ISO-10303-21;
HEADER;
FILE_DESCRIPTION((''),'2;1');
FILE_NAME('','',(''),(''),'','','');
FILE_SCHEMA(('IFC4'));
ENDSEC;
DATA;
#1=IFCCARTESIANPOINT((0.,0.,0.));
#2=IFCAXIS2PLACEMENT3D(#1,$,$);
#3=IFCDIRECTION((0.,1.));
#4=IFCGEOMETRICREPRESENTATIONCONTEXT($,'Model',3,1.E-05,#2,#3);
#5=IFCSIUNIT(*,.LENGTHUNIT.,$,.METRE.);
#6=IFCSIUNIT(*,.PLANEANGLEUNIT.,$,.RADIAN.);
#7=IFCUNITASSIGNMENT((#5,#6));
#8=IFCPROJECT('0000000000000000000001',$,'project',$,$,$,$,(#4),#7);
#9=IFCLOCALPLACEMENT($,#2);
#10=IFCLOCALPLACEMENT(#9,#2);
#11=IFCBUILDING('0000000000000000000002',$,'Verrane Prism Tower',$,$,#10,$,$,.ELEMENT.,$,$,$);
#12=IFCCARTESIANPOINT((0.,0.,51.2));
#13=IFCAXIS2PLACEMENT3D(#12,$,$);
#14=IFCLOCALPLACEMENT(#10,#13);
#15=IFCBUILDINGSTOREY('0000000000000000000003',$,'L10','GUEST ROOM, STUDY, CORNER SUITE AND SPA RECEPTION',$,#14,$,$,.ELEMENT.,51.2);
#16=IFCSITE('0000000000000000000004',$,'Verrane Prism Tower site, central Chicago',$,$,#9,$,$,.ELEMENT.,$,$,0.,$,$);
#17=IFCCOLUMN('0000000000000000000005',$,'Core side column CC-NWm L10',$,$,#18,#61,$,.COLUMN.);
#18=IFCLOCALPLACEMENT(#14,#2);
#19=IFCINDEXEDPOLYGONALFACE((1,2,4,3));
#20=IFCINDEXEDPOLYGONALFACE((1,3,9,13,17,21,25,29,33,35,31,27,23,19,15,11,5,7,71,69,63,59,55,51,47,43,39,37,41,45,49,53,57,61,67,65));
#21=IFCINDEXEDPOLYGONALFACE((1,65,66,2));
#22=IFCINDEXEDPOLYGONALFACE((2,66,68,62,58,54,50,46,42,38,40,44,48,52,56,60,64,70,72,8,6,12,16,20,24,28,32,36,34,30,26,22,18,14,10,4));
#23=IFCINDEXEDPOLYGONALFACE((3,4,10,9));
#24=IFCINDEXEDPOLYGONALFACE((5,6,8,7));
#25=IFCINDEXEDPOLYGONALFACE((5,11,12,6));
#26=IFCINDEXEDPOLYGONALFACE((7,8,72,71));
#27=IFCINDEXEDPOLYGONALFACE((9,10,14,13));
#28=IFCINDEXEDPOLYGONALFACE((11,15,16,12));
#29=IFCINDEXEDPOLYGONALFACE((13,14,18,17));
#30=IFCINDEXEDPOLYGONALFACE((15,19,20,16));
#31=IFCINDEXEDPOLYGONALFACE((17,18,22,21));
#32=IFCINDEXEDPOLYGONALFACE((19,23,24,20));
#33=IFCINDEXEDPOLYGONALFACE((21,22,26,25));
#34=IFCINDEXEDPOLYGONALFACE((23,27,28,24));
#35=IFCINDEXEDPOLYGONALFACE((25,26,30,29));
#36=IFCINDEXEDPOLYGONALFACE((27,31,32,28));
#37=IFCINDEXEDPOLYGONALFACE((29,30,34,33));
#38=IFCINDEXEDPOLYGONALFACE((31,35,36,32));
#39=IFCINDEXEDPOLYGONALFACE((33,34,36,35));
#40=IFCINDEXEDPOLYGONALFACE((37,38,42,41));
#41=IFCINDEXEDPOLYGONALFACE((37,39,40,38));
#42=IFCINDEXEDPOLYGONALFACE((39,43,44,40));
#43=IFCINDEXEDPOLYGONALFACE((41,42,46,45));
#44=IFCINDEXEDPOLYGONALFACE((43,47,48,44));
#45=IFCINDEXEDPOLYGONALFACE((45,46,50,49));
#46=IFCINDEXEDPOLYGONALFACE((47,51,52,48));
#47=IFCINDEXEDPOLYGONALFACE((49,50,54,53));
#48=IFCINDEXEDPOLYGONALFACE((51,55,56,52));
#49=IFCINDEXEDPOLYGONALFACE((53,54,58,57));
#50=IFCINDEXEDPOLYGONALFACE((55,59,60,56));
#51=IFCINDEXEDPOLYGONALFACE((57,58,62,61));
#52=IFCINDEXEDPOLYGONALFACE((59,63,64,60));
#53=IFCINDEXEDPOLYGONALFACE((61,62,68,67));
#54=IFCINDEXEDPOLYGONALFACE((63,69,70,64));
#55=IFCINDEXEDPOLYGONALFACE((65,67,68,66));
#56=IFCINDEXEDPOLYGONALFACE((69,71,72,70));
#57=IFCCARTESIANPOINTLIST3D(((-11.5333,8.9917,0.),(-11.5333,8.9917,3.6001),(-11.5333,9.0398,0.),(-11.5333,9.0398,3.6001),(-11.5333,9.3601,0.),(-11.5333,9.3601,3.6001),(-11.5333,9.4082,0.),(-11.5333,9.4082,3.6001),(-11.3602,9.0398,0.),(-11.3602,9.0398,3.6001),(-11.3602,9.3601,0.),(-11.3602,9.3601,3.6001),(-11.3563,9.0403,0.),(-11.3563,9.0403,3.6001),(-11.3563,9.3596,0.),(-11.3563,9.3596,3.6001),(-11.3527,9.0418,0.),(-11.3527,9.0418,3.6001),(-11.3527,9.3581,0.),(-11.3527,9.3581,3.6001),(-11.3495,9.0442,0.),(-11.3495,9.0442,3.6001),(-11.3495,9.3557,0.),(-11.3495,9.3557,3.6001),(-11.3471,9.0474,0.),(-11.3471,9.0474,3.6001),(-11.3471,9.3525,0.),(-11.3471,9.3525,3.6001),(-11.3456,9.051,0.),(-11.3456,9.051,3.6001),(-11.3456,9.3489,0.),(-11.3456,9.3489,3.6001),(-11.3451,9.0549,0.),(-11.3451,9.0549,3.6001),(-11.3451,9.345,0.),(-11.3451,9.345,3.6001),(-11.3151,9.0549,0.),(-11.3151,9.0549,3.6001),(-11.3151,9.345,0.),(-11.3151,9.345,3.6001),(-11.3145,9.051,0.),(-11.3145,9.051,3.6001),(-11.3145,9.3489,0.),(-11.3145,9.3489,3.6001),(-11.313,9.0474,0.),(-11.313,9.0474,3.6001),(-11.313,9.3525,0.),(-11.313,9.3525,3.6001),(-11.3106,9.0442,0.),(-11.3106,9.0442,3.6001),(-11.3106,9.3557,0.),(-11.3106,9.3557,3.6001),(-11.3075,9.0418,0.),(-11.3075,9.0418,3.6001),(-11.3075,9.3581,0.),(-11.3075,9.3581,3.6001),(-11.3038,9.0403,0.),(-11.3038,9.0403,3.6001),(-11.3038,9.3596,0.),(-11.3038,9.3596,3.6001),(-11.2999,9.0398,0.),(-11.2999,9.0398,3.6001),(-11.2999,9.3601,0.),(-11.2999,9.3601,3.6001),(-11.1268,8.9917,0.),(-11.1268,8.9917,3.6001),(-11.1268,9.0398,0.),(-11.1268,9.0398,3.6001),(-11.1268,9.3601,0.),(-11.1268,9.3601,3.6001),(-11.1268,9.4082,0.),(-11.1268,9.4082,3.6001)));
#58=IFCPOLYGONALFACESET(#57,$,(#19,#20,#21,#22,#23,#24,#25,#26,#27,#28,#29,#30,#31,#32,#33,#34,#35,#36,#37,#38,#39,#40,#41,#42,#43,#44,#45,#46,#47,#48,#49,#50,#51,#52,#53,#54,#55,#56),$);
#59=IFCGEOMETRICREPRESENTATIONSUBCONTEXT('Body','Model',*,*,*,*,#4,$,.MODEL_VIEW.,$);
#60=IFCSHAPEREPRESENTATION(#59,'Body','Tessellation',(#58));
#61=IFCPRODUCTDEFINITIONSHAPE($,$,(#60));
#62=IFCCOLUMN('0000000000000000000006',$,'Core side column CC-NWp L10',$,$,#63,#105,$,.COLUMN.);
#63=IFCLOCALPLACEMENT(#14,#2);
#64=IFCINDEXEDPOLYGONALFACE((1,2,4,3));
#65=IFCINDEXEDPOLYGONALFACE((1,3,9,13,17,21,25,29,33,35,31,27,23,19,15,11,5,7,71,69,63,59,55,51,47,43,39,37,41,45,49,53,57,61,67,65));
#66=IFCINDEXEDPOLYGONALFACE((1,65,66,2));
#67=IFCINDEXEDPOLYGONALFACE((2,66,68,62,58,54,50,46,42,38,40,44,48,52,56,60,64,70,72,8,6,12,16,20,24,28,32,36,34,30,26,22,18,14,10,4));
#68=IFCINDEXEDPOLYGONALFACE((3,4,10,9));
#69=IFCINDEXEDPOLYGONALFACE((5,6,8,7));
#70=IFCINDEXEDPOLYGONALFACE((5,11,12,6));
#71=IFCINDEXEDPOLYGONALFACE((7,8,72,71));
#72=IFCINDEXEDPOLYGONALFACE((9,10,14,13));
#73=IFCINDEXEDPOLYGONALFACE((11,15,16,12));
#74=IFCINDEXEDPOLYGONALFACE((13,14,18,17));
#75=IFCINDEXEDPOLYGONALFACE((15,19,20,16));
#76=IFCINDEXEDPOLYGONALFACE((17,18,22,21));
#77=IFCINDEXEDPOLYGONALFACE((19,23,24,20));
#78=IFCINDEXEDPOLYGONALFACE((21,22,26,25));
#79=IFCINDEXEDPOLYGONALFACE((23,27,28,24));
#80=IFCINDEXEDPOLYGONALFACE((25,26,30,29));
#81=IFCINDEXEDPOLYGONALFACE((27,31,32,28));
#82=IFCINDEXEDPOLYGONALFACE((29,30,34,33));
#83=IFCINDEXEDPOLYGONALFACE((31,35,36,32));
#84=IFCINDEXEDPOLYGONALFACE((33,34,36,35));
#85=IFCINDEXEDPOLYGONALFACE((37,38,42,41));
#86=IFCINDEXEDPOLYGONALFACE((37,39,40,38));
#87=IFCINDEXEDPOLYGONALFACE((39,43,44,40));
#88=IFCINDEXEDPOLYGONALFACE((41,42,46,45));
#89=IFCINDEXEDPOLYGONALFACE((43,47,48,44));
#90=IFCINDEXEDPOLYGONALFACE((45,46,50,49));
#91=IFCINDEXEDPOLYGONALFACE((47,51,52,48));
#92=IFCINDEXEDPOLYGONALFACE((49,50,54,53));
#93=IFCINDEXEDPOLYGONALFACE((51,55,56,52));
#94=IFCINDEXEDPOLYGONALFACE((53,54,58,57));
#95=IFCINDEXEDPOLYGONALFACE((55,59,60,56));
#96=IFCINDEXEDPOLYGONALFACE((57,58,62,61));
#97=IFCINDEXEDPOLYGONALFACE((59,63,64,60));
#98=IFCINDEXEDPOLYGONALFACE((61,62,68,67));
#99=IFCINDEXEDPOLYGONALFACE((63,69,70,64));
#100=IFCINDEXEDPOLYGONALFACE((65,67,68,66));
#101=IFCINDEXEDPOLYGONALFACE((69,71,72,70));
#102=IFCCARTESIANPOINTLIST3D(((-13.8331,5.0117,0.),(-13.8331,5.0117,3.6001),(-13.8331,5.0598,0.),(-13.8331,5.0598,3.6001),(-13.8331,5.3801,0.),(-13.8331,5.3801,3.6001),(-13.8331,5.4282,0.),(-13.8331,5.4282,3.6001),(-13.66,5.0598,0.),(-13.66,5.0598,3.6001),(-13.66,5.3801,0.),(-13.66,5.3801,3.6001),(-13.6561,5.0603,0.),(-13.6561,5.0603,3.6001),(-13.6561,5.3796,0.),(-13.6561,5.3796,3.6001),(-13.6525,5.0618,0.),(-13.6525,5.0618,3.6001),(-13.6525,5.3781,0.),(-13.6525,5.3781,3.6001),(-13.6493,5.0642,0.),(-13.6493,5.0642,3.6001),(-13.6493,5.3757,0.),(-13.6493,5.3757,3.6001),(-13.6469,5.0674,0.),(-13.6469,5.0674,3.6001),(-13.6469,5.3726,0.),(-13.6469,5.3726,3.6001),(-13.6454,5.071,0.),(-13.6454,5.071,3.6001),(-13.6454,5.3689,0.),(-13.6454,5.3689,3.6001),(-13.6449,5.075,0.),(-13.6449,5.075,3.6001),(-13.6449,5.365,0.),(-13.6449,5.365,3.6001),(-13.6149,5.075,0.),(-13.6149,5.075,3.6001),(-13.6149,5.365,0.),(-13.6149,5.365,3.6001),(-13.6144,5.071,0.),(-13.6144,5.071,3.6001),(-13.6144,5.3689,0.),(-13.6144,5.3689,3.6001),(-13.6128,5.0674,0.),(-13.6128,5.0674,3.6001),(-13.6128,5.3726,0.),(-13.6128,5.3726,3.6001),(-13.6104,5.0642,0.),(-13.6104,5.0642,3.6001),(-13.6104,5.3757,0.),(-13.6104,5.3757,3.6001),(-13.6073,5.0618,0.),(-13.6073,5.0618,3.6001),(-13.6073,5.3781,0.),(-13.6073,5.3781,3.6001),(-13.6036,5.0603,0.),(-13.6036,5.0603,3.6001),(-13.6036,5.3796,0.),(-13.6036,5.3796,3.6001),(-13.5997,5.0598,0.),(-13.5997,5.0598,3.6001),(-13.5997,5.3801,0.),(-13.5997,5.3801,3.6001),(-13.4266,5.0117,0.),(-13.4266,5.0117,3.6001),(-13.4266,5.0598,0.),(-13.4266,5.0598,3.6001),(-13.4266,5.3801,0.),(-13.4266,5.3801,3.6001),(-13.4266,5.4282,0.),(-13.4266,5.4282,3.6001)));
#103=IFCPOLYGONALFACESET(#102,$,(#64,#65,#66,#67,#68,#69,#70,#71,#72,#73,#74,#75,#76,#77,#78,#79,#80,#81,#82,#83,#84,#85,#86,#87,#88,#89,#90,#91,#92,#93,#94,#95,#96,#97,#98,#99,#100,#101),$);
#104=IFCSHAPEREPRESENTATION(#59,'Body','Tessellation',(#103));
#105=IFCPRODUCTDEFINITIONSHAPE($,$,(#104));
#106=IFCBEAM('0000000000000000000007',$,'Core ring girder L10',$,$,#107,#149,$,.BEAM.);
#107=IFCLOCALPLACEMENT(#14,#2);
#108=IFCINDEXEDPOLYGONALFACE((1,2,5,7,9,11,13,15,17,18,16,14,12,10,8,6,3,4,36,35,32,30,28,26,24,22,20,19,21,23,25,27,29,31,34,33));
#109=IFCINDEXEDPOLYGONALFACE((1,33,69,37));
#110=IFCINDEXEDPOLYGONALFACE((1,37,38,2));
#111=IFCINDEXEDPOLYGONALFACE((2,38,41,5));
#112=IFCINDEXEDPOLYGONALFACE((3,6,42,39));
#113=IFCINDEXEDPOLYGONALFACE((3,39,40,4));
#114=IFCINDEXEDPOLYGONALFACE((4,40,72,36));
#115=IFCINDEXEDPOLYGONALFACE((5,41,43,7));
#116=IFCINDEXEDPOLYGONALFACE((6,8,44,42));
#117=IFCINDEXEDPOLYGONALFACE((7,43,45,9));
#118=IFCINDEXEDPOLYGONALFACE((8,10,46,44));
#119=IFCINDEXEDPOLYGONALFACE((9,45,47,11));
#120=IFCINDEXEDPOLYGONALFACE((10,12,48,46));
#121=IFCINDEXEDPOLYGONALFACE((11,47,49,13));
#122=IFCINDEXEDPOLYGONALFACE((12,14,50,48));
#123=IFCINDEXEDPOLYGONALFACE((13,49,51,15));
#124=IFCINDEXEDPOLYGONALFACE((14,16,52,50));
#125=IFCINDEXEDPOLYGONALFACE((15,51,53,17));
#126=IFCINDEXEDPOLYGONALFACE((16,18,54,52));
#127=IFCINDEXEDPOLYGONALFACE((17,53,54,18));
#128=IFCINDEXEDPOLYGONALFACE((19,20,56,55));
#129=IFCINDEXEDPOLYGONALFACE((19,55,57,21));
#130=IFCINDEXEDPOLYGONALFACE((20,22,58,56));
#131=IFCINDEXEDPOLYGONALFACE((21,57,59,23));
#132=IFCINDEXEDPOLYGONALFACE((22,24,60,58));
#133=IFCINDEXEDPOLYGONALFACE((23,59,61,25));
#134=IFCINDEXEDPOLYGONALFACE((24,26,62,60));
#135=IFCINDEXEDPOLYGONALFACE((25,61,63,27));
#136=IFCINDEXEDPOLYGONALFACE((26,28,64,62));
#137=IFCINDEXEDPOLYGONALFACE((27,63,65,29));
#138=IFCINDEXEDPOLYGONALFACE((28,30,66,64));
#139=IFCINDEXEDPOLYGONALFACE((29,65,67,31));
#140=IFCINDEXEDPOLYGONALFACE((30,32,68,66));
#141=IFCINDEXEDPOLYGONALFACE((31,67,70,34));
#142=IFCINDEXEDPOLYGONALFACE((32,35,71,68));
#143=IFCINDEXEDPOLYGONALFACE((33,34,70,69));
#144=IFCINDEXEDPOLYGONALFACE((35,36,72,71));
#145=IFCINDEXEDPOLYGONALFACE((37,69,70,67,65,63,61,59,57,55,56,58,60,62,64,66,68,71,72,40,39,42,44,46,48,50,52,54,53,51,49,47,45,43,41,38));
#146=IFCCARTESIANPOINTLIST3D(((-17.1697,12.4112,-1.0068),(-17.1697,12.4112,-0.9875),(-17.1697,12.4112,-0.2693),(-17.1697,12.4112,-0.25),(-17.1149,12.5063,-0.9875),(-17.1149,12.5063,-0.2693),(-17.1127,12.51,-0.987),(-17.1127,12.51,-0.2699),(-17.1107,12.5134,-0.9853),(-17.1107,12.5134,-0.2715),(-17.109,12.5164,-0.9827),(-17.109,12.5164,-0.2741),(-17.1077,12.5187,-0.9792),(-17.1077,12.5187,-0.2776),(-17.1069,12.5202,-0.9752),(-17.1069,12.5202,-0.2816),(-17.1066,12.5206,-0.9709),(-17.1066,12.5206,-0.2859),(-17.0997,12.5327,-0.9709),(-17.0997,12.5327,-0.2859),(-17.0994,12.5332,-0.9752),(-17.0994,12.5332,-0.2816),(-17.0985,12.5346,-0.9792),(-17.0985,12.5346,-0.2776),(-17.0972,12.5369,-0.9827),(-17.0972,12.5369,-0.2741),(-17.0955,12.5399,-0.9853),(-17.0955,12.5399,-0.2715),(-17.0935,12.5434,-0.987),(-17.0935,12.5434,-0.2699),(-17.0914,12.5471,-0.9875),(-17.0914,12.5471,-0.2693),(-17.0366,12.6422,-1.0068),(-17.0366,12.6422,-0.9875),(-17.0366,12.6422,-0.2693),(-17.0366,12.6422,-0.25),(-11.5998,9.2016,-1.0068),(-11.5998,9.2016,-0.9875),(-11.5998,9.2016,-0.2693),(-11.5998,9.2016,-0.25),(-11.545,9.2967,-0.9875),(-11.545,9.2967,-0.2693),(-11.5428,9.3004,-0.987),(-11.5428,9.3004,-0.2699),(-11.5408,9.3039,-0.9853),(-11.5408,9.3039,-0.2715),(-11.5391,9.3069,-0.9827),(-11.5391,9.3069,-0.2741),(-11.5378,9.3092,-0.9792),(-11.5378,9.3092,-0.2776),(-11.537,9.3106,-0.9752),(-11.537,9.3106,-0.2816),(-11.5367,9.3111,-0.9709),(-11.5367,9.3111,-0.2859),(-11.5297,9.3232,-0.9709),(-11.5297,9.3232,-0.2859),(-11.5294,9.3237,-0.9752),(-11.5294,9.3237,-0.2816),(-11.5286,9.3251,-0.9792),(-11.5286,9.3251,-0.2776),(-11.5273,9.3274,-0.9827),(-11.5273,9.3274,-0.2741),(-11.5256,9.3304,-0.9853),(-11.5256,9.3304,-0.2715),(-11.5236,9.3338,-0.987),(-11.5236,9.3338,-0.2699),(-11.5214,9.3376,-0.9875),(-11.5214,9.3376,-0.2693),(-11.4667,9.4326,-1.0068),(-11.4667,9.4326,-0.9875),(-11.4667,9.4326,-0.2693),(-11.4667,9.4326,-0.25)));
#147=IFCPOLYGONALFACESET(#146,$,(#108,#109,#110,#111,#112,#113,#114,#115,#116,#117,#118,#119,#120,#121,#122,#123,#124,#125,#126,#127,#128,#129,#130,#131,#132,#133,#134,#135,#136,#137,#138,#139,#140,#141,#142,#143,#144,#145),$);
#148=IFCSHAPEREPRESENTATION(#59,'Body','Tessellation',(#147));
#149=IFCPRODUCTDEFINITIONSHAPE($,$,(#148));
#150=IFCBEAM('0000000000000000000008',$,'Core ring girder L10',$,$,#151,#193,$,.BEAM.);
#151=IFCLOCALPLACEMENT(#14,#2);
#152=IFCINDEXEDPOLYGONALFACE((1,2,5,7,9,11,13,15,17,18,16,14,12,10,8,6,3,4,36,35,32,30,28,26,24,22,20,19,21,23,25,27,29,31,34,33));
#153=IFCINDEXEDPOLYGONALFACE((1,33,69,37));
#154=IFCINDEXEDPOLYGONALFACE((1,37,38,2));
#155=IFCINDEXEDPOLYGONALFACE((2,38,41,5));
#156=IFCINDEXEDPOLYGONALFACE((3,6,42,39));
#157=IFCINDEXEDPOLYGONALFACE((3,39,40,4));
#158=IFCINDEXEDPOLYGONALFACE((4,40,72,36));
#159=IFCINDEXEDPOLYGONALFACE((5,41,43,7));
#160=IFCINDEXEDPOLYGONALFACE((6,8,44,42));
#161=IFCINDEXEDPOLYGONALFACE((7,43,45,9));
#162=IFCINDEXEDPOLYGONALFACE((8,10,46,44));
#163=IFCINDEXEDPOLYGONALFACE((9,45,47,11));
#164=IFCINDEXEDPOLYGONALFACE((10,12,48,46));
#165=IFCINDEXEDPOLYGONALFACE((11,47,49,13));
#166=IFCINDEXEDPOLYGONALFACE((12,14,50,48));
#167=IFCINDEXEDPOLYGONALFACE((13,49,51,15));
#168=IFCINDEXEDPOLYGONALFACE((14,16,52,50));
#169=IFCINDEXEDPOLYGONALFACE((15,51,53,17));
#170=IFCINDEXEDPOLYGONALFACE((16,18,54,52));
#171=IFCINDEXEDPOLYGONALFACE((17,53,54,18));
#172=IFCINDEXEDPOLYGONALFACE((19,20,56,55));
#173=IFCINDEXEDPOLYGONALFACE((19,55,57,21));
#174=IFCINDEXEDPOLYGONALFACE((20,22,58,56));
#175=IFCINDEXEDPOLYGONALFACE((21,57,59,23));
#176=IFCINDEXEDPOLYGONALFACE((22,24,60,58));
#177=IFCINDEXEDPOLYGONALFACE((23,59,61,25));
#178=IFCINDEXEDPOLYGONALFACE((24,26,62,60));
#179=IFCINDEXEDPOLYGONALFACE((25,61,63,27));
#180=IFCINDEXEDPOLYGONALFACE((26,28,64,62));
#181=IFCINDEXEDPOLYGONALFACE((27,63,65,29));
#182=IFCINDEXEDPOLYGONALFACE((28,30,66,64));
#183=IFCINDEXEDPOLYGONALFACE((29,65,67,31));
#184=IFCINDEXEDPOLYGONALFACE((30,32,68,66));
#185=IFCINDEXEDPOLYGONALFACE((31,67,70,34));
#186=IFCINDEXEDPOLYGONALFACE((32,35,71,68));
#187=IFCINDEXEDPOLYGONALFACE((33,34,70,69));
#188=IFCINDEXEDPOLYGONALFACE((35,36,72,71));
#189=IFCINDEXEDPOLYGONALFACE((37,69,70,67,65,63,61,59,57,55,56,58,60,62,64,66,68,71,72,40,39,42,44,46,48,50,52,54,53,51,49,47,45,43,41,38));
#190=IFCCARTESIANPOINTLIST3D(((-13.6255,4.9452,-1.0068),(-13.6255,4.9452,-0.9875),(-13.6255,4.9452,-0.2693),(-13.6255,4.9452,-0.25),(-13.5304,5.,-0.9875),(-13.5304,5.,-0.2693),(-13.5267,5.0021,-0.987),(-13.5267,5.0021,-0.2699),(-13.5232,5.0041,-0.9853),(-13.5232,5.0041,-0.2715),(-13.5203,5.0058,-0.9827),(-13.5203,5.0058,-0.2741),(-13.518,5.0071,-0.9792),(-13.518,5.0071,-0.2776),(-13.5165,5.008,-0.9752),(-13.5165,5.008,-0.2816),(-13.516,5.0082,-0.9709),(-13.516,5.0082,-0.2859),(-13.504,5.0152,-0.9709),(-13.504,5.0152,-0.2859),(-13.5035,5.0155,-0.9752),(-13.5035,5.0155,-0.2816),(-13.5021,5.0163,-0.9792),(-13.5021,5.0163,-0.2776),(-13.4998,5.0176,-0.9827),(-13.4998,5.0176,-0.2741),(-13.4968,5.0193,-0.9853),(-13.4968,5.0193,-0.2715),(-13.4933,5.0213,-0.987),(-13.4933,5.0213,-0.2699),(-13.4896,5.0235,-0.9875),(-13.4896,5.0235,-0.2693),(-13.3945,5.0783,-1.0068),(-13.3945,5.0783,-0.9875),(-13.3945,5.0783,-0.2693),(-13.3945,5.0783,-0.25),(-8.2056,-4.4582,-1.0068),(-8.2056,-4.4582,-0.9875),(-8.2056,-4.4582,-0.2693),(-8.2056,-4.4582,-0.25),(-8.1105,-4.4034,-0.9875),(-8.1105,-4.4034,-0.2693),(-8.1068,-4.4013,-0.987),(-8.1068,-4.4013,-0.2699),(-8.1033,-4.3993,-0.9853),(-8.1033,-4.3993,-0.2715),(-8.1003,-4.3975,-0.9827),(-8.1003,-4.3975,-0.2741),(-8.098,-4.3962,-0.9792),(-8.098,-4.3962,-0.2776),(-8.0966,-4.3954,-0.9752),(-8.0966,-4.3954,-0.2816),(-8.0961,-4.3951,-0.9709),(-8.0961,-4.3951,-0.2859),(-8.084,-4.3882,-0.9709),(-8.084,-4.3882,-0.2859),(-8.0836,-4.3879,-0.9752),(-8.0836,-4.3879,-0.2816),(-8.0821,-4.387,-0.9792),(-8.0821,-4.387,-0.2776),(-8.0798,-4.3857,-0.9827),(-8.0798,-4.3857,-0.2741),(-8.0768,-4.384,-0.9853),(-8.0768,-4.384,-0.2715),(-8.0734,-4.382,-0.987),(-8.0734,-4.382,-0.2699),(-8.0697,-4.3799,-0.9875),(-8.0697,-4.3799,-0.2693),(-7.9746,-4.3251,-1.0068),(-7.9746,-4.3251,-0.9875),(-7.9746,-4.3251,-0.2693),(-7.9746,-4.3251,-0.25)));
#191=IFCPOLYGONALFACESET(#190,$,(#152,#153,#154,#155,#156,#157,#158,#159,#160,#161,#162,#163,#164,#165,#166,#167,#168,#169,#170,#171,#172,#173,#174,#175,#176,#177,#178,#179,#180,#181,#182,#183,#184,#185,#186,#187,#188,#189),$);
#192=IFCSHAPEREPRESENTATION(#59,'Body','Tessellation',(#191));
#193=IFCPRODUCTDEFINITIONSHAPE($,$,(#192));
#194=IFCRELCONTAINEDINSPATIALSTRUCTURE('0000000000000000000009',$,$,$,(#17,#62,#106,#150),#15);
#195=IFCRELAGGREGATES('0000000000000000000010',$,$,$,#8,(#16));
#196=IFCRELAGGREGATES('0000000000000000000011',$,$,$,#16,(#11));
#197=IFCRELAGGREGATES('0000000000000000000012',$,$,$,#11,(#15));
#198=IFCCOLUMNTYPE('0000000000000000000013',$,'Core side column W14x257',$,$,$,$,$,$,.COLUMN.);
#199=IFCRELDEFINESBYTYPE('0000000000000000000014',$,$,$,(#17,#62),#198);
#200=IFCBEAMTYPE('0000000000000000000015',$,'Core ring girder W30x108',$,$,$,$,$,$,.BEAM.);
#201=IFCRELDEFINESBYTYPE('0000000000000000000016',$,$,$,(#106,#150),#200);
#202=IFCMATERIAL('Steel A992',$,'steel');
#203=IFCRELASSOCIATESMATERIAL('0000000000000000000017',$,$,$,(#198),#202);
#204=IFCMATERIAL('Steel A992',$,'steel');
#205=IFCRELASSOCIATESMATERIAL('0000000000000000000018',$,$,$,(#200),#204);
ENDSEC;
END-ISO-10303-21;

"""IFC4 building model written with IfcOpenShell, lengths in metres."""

from ifc_helpers import new_model, si_unit, direction, frame, origin, origin_2d, place, context, subcontext, project, spatial, i_section, extrude, material, material_profile, profile_set, type_object, element, save


model = new_model("IFC4")

# Units and contexts
model_context = context("Model", 3, precision=1e-05, world=origin(), true_north=direction((0.0, 1.0)))
body_context = subcontext(model_context, "Body", "Model", "MODEL_VIEW")
ifc_project = project(units=[si_unit("LENGTHUNIT", "METRE"), si_unit("PLANEANGLEUNIT", "RADIAN")], contexts=[model_context])

# Site, building, storey
site_placement = place(None, origin())
site = spatial("IfcSite", under=ifc_project, at=site_placement, Name="Verrane Prism Tower site, central Chicago", CompositionType="ELEMENT", RefElevation=0.0)
building_placement = place(site_placement, origin())
building = spatial("IfcBuilding", under=site, at=building_placement, Name="Verrane Prism Tower", CompositionType="ELEMENT")
storey_placement = place(building_placement, frame((0.0, 0.0, 51.2)))
storey = spatial("IfcBuildingStorey", under=building, at=storey_placement, Name="L10", Description="GUEST ROOM, STUDY, CORNER SUITE AND SPA RECEPTION", CompositionType="ELEMENT", Elevation=51.2)

# Columns
ifc_material_1 = material(Name="Steel A992", Category="steel")
ifc_material_profile_1 = material_profile(ifc_material_1, i_section(OverallWidth=0.4065, OverallDepth=0.4165, WebThickness=0.03, FlangeThickness=0.0481, FilletRadius=0.0151, at=origin_2d()), Name="W14x257")
ifc_profile_set_1 = profile_set([ifc_material_profile_1], Name="Steel A992")
column_type = type_object("IfcColumnType", Name="Core side column W14x257", PredefinedType="COLUMN", material=ifc_profile_set_1)
for number, where, z_axis, x_axis, name in (
    (1, (-11.3301, 9.2, 0.0), (0.0, 0.0, 1.0), (1.0, 0.0, 0.0), "Core side column CC-NWm L10"),
    (2, (-13.6299, 5.22, 0.0), (0.0, 0.0, 1.0), (1.0, 0.0, 0.0), "Core side column CC-NWp L10"),
):
    element("IfcColumn", number, at=place(storey_placement, frame(where, z_axis=z_axis, x_axis=x_axis)), inside=storey, type_object=column_type, Name=name, PredefinedType="COLUMN", context=body_context, shape_type="SweptSolid", body=[
        extrude(i_section(OverallWidth=0.4065, OverallDepth=0.4165, WebThickness=0.03, FlangeThickness=0.0481, FilletRadius=0.0151, at=origin_2d()), origin(), (0.0, 0.0, 1.0), 3.6001),
    ])

# Beams
ifc_material_2 = material(Name="Steel A992", Category="steel")
ifc_material_profile_2 = material_profile(ifc_material_2, i_section(OverallWidth=0.2666, OverallDepth=0.7568, WebThickness=0.0139, FlangeThickness=0.0193, FilletRadius=0.0166, at=origin_2d()), Name="W30x108")
ifc_profile_set_2 = profile_set([ifc_material_profile_2], Name="Steel A992")
beam_type_1 = type_object("IfcBeamType", Name="Core ring girder W30x108", PredefinedType="BEAM", material=ifc_profile_set_2)
beam_1_placement = place(storey_placement, frame((-11.5332, 9.3171, -0.6284), z_axis=(-0.866447, 0.499269, 0.0), x_axis=(-0.499269, -0.866447, 0.0)))
element("IfcBeam", 3, at=beam_1_placement, inside=storey, type_object=beam_type_1, Name="Core ring girder L10", PredefinedType="BEAM", context=body_context, shape_type="SweptSolid", body=[
    extrude(i_section(OverallWidth=0.2666, OverallDepth=0.7568, WebThickness=0.0139, FlangeThickness=0.0193, FilletRadius=0.0166, at=origin_2d()), origin(), (0.0, 0.0, 1.0), 6.4285),
])
beam_2_placement = place(storey_placement, frame((-13.51, 5.0117, -0.6284), z_axis=(0.499372, -0.866388, 0.0), x_axis=(0.866388, 0.499372, 0.0)))
element("IfcBeam", 4, at=beam_2_placement, inside=storey, type_object=beam_type_1, Name="Core ring girder L10", PredefinedType="BEAM", context=body_context, shape_type="SweptSolid", body=[
    extrude(i_section(OverallWidth=0.2666, OverallDepth=0.7568, WebThickness=0.0139, FlangeThickness=0.0193, FilletRadius=0.0166, at=origin_2d()), origin(), (0.0, 0.0, 1.0), 10.8535),
])

save(model, "model.ifc")
